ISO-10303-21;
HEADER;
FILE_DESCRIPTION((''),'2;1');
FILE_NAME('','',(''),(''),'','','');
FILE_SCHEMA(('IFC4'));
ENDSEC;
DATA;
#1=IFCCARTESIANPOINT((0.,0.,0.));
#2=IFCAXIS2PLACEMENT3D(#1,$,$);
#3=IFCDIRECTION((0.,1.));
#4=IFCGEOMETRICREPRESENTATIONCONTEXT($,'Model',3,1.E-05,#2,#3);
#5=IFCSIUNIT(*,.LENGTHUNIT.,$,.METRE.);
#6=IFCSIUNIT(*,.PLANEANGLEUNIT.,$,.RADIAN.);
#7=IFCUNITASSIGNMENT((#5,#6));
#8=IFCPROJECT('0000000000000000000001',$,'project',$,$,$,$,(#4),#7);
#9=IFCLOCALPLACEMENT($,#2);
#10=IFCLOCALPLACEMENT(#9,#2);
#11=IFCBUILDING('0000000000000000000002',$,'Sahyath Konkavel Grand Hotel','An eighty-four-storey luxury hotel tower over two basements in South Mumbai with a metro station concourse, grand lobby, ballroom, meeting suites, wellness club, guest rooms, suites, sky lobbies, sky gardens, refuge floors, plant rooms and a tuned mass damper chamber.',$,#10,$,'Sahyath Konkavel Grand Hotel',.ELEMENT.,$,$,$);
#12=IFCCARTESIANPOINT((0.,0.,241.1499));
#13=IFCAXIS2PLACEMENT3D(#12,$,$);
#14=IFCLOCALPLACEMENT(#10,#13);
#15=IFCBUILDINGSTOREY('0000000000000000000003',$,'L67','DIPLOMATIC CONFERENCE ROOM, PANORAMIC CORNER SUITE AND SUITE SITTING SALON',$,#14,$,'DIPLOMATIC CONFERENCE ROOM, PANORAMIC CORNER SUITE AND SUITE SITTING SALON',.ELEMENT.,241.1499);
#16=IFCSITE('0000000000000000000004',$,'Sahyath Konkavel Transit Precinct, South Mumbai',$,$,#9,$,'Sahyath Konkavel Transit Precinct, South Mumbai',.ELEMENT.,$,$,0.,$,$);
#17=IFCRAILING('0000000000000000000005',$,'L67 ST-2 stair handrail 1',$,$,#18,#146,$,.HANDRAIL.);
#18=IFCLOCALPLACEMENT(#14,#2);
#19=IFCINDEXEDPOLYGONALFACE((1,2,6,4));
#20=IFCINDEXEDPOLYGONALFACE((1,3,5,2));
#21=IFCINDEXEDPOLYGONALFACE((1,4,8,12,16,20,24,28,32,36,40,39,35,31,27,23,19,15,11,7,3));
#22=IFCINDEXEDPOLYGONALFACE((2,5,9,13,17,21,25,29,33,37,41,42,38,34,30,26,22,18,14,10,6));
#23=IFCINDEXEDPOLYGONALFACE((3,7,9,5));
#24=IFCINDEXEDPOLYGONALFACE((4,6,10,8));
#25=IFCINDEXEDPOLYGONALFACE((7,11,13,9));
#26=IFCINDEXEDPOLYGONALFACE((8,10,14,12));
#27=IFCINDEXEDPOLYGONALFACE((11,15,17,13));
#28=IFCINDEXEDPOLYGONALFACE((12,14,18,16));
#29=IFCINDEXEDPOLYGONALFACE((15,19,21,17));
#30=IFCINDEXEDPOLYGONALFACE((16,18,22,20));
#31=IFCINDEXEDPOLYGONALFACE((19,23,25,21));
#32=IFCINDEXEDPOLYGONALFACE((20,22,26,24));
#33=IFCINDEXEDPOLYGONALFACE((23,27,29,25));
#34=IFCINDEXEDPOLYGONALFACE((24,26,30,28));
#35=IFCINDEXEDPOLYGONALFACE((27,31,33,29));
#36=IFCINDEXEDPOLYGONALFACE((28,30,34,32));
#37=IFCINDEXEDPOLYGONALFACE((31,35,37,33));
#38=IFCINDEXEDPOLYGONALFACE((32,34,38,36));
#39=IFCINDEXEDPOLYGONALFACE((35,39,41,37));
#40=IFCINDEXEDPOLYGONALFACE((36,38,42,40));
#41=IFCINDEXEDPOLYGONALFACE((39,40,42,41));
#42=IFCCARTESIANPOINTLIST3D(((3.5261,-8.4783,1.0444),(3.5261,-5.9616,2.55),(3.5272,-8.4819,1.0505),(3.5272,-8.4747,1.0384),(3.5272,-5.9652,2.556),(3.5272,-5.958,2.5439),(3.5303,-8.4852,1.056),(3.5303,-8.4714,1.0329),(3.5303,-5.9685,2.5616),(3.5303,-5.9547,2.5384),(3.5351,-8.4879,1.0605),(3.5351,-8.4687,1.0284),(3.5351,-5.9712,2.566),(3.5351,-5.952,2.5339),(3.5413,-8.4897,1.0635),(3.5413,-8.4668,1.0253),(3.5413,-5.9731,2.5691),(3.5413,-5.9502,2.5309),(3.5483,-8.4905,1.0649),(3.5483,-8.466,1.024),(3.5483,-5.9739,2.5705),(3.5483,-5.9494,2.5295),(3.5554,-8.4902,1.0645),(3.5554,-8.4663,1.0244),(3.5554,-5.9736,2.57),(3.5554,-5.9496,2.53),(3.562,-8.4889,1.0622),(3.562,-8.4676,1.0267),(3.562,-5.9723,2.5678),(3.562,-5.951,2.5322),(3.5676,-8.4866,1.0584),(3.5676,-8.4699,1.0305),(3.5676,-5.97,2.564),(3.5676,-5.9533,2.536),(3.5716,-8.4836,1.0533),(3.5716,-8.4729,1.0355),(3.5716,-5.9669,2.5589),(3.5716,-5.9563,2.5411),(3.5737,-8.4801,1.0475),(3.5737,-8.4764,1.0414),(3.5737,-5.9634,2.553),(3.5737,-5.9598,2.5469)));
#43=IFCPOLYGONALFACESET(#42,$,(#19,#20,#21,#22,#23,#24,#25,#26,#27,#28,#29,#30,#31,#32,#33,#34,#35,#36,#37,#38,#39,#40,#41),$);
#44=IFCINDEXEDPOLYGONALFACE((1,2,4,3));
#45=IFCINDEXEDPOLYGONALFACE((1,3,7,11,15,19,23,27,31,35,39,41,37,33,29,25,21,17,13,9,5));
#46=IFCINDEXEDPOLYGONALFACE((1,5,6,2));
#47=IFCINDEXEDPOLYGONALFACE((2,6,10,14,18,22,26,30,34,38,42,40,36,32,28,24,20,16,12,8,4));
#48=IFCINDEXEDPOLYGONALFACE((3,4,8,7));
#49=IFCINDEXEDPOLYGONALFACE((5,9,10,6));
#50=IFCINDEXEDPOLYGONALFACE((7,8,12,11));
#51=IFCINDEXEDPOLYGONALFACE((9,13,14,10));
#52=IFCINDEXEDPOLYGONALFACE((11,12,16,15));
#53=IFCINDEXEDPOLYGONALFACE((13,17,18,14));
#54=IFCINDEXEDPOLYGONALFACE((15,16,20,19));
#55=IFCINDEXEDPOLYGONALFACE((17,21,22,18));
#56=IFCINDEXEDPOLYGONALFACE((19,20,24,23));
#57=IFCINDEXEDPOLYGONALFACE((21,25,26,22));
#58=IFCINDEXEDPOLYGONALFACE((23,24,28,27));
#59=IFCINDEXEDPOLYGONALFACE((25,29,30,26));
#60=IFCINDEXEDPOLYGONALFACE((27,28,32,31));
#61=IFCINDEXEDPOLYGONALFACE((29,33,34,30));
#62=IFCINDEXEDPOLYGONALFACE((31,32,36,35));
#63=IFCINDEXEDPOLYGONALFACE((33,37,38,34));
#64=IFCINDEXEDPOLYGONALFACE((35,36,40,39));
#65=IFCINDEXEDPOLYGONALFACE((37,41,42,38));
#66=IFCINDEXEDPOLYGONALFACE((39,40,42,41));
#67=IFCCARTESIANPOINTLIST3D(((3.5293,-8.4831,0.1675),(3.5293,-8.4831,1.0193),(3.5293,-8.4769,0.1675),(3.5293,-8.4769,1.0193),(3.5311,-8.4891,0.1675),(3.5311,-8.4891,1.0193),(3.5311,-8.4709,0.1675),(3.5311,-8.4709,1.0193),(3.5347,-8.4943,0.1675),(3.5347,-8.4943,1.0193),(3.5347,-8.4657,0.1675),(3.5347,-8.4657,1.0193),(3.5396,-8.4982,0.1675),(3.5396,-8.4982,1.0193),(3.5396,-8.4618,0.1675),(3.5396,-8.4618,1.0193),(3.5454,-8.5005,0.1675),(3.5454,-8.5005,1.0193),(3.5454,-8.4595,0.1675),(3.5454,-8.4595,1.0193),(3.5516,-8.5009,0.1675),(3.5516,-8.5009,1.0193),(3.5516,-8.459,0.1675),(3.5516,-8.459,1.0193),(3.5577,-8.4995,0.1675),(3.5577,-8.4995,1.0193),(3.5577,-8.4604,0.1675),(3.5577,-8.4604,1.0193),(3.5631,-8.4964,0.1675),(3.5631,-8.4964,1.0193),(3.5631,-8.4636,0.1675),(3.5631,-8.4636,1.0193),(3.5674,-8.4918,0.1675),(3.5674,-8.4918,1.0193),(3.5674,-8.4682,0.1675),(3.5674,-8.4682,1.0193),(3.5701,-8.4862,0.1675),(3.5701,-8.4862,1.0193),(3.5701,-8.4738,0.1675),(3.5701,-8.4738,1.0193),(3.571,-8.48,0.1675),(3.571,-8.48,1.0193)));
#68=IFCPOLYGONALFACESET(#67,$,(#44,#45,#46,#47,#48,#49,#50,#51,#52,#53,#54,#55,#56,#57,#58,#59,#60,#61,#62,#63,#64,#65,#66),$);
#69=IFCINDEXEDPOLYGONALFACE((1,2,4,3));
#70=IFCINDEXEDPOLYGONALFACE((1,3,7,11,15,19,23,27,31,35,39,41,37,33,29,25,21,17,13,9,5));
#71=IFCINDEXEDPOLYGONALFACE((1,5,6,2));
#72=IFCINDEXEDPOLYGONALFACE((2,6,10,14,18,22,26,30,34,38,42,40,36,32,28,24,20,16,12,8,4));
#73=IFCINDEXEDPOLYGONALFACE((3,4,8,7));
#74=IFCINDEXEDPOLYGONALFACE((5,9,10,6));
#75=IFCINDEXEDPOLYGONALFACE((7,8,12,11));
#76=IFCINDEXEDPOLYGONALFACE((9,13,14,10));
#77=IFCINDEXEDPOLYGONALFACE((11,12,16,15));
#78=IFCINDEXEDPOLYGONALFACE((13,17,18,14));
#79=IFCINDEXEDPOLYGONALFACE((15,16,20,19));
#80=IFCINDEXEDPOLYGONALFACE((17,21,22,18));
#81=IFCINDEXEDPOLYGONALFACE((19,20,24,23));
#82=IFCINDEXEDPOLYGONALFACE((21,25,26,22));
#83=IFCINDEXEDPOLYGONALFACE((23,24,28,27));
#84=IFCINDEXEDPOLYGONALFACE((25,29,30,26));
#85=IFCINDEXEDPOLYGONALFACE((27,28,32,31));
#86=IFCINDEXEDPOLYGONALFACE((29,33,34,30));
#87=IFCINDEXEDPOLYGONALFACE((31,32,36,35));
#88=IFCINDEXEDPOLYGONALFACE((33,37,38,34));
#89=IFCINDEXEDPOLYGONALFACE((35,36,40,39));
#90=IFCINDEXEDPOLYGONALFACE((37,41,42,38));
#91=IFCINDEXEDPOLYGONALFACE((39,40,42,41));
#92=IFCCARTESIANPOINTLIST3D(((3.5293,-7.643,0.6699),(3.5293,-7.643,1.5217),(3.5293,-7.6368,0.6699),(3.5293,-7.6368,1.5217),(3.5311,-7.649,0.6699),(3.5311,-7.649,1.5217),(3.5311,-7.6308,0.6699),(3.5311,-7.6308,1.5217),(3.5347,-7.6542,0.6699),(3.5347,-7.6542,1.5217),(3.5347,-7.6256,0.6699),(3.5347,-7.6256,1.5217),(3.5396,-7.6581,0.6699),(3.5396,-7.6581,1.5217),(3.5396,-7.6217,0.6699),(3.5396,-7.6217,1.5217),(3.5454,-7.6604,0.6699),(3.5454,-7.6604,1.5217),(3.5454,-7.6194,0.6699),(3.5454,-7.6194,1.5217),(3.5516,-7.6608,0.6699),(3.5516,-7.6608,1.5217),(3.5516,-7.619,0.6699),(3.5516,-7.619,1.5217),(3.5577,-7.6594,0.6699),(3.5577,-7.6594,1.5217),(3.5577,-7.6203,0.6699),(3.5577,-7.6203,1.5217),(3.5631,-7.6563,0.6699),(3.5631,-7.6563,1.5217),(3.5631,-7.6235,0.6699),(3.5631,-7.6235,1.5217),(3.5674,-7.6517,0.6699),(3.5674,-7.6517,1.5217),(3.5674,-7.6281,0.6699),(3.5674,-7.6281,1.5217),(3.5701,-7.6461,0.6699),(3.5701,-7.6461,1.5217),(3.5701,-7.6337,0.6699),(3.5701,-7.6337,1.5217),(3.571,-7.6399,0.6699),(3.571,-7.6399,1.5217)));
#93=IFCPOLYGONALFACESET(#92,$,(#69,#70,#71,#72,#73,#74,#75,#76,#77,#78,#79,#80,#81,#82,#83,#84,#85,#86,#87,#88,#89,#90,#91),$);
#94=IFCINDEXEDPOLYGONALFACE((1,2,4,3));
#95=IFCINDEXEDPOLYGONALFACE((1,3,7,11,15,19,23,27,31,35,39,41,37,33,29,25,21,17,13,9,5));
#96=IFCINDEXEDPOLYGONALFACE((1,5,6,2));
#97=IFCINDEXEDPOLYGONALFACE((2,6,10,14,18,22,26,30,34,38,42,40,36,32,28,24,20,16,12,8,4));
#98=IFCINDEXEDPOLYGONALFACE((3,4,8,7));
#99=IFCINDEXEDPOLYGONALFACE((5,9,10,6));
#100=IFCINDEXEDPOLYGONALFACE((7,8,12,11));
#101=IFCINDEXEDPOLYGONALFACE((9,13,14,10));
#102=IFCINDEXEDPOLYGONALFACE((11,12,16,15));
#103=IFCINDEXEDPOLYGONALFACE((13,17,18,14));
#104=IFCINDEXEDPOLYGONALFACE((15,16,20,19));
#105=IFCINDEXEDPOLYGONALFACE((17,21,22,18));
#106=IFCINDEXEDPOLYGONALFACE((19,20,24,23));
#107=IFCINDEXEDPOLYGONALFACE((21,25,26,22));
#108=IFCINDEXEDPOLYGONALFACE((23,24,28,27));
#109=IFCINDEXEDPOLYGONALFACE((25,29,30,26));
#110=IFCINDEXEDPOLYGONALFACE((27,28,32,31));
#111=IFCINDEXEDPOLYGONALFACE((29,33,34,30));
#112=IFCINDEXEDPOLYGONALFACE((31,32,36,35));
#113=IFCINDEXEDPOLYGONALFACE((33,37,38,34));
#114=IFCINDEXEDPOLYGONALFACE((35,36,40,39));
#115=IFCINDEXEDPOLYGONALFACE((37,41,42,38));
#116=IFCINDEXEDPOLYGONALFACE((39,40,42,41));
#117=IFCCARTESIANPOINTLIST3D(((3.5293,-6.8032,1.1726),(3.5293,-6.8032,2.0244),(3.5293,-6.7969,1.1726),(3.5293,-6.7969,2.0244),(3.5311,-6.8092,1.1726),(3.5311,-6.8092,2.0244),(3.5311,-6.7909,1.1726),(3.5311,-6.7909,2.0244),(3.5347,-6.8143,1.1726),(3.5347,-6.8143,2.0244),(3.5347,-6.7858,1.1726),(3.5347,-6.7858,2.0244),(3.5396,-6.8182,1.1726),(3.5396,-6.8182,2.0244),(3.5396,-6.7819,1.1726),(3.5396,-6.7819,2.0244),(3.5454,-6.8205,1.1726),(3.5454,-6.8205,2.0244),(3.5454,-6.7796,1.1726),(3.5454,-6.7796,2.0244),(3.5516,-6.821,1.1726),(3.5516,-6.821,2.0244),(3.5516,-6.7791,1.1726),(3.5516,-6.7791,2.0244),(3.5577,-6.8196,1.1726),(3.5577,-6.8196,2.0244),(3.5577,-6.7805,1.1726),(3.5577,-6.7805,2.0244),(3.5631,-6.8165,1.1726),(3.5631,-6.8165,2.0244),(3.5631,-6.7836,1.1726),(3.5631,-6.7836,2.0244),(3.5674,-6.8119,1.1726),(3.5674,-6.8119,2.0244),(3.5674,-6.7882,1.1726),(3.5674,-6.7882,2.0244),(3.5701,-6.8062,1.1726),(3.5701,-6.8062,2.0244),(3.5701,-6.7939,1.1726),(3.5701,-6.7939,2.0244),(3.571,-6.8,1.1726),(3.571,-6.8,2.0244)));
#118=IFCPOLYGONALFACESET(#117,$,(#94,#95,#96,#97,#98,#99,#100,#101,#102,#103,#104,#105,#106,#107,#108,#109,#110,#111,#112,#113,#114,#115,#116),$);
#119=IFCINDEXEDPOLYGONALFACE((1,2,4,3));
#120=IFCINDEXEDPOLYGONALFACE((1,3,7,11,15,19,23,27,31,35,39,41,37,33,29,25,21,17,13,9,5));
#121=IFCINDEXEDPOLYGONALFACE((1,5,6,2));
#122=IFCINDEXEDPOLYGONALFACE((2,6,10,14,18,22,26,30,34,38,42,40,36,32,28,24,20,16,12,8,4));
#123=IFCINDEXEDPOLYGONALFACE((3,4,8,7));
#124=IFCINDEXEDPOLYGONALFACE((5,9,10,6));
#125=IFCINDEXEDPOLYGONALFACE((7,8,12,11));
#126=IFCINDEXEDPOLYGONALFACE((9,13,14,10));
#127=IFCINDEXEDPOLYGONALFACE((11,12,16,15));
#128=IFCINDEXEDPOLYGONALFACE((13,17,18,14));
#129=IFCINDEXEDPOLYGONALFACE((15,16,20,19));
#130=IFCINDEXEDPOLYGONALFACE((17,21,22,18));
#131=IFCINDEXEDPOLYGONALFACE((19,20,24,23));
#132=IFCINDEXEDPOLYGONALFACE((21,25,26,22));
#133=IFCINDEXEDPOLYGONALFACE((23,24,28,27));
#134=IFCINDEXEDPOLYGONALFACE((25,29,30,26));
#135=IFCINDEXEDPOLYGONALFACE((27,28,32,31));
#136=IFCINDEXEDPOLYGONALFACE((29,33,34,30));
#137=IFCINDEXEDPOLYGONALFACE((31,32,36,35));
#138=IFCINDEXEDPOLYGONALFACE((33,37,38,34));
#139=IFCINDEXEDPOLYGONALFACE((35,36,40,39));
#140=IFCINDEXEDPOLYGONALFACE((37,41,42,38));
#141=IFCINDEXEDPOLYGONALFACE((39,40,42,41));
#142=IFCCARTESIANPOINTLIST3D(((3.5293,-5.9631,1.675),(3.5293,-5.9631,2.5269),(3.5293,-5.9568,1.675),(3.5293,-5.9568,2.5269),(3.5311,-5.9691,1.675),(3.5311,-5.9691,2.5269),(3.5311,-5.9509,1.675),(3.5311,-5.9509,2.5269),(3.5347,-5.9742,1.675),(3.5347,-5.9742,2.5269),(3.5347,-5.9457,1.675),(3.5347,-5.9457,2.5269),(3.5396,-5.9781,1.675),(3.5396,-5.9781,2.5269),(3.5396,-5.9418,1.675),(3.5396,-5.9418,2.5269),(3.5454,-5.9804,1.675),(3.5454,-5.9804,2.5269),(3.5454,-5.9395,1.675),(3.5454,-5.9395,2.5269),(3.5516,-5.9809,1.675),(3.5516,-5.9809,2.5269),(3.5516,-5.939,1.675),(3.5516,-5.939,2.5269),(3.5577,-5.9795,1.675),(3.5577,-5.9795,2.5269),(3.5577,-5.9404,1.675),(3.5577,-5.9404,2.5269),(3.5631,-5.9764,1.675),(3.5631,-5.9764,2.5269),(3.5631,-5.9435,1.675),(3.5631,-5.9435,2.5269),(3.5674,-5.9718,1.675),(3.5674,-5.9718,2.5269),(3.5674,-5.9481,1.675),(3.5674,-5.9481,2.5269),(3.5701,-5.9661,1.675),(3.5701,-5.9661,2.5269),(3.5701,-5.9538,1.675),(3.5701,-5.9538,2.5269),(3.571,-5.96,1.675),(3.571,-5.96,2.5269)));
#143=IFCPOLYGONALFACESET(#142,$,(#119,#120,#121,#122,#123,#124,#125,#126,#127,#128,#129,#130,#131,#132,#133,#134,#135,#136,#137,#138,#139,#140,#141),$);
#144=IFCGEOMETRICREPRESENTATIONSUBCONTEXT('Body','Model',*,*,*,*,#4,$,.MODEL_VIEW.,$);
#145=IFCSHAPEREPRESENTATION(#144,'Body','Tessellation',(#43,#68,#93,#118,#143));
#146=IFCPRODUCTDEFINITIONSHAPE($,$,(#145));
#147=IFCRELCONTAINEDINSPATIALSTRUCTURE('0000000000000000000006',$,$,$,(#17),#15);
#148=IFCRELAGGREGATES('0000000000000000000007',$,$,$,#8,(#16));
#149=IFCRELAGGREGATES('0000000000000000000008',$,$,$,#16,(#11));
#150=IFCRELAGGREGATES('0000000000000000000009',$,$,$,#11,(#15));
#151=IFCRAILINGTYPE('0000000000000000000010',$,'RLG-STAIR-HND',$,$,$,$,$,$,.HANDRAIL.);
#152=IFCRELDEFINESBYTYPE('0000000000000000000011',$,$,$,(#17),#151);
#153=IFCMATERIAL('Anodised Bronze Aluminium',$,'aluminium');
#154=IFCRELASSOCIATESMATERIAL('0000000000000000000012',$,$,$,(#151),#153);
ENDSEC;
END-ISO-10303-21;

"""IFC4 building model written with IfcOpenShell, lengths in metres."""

from ifc_helpers import new_model, si_unit, direction, frame, origin, origin_2d, place, context, subcontext, project, spatial, circle, extrude, material, type_object, element, save


model = new_model("IFC4")

# Units and contexts
model_context = context("Model", 3, precision=1e-05, world=origin(), true_north=direction((0.0, 1.0)))
body_context = subcontext(model_context, "Body", "Model", "MODEL_VIEW")
ifc_project = project(units=[si_unit("LENGTHUNIT", "METRE"), si_unit("PLANEANGLEUNIT", "RADIAN")], contexts=[model_context])

# Site, building, storey
site_placement = place(None, origin())
site = spatial("IfcSite", under=ifc_project, at=site_placement, Name="Sahyath Konkavel Transit Precinct, South Mumbai", LongName="Sahyath Konkavel Transit Precinct, South Mumbai", CompositionType="ELEMENT", RefElevation=0.0)
building_placement = place(site_placement, origin())
building = spatial("IfcBuilding", under=site, at=building_placement, Name="Sahyath Konkavel Grand Hotel", Description="An eighty-four-storey luxury hotel tower over two basements in South Mumbai with a metro station concourse, grand lobby, ballroom, meeting suites, wellness club, guest rooms, suites, sky lobbies, sky gardens, refuge floors, plant rooms and a tuned mass damper chamber.", LongName="Sahyath Konkavel Grand Hotel", CompositionType="ELEMENT")
storey_placement = place(building_placement, frame((0.0, 0.0, 241.1499)))
storey = spatial("IfcBuildingStorey", under=building, at=storey_placement, Name="L67", Description="DIPLOMATIC CONFERENCE ROOM, PANORAMIC CORNER SUITE AND SUITE SITTING SALON", LongName="DIPLOMATIC CONFERENCE ROOM, PANORAMIC CORNER SUITE AND SUITE SITTING SALON", CompositionType="ELEMENT", Elevation=241.1499)

# Railing
ifc_material_1 = material(Name="Anodised Bronze Aluminium", Category="aluminium")
railing_type_1 = type_object("IfcRailingType", Name="RLG-STAIR-HND", PredefinedType="HANDRAIL", material=ifc_material_1)
railing_1_placement = place(storey_placement, frame((3.55, -8.48, 0.1675)))
element("IfcRailing", 1, at=railing_1_placement, inside=storey, type_object=railing_type_1, Name="L67 ST-2 stair handrail 1", PredefinedType="HANDRAIL", context=body_context, shape_type="SweptSolid", body=[
    extrude(circle(Radius=0.0239, at=origin_2d()), frame((0.0, 0.0017, 0.877), z_axis=(0.0, 0.85816, 0.513383), x_axis=(-1.0, 0.0, 0.0)), (0.0, 0.0, 1.0), 2.9326),
    extrude(circle(Radius=0.021, at=origin_2d()), origin(), (0.0, 0.0, 1.0), 0.8518),
    extrude(circle(Radius=0.021, at=origin_2d()), frame((0.0, 0.8401, 0.5024)), (0.0, 0.0, 1.0), 0.8518),
    extrude(circle(Radius=0.021, at=origin_2d()), frame((0.0, 1.6799, 1.0051)), (0.0, 0.0, 1.0), 0.8518),
    extrude(circle(Radius=0.021, at=origin_2d()), frame((0.0, 2.52, 1.5076)), (0.0, 0.0, 1.0), 0.8518),
])

save(model, "model.ifc")
